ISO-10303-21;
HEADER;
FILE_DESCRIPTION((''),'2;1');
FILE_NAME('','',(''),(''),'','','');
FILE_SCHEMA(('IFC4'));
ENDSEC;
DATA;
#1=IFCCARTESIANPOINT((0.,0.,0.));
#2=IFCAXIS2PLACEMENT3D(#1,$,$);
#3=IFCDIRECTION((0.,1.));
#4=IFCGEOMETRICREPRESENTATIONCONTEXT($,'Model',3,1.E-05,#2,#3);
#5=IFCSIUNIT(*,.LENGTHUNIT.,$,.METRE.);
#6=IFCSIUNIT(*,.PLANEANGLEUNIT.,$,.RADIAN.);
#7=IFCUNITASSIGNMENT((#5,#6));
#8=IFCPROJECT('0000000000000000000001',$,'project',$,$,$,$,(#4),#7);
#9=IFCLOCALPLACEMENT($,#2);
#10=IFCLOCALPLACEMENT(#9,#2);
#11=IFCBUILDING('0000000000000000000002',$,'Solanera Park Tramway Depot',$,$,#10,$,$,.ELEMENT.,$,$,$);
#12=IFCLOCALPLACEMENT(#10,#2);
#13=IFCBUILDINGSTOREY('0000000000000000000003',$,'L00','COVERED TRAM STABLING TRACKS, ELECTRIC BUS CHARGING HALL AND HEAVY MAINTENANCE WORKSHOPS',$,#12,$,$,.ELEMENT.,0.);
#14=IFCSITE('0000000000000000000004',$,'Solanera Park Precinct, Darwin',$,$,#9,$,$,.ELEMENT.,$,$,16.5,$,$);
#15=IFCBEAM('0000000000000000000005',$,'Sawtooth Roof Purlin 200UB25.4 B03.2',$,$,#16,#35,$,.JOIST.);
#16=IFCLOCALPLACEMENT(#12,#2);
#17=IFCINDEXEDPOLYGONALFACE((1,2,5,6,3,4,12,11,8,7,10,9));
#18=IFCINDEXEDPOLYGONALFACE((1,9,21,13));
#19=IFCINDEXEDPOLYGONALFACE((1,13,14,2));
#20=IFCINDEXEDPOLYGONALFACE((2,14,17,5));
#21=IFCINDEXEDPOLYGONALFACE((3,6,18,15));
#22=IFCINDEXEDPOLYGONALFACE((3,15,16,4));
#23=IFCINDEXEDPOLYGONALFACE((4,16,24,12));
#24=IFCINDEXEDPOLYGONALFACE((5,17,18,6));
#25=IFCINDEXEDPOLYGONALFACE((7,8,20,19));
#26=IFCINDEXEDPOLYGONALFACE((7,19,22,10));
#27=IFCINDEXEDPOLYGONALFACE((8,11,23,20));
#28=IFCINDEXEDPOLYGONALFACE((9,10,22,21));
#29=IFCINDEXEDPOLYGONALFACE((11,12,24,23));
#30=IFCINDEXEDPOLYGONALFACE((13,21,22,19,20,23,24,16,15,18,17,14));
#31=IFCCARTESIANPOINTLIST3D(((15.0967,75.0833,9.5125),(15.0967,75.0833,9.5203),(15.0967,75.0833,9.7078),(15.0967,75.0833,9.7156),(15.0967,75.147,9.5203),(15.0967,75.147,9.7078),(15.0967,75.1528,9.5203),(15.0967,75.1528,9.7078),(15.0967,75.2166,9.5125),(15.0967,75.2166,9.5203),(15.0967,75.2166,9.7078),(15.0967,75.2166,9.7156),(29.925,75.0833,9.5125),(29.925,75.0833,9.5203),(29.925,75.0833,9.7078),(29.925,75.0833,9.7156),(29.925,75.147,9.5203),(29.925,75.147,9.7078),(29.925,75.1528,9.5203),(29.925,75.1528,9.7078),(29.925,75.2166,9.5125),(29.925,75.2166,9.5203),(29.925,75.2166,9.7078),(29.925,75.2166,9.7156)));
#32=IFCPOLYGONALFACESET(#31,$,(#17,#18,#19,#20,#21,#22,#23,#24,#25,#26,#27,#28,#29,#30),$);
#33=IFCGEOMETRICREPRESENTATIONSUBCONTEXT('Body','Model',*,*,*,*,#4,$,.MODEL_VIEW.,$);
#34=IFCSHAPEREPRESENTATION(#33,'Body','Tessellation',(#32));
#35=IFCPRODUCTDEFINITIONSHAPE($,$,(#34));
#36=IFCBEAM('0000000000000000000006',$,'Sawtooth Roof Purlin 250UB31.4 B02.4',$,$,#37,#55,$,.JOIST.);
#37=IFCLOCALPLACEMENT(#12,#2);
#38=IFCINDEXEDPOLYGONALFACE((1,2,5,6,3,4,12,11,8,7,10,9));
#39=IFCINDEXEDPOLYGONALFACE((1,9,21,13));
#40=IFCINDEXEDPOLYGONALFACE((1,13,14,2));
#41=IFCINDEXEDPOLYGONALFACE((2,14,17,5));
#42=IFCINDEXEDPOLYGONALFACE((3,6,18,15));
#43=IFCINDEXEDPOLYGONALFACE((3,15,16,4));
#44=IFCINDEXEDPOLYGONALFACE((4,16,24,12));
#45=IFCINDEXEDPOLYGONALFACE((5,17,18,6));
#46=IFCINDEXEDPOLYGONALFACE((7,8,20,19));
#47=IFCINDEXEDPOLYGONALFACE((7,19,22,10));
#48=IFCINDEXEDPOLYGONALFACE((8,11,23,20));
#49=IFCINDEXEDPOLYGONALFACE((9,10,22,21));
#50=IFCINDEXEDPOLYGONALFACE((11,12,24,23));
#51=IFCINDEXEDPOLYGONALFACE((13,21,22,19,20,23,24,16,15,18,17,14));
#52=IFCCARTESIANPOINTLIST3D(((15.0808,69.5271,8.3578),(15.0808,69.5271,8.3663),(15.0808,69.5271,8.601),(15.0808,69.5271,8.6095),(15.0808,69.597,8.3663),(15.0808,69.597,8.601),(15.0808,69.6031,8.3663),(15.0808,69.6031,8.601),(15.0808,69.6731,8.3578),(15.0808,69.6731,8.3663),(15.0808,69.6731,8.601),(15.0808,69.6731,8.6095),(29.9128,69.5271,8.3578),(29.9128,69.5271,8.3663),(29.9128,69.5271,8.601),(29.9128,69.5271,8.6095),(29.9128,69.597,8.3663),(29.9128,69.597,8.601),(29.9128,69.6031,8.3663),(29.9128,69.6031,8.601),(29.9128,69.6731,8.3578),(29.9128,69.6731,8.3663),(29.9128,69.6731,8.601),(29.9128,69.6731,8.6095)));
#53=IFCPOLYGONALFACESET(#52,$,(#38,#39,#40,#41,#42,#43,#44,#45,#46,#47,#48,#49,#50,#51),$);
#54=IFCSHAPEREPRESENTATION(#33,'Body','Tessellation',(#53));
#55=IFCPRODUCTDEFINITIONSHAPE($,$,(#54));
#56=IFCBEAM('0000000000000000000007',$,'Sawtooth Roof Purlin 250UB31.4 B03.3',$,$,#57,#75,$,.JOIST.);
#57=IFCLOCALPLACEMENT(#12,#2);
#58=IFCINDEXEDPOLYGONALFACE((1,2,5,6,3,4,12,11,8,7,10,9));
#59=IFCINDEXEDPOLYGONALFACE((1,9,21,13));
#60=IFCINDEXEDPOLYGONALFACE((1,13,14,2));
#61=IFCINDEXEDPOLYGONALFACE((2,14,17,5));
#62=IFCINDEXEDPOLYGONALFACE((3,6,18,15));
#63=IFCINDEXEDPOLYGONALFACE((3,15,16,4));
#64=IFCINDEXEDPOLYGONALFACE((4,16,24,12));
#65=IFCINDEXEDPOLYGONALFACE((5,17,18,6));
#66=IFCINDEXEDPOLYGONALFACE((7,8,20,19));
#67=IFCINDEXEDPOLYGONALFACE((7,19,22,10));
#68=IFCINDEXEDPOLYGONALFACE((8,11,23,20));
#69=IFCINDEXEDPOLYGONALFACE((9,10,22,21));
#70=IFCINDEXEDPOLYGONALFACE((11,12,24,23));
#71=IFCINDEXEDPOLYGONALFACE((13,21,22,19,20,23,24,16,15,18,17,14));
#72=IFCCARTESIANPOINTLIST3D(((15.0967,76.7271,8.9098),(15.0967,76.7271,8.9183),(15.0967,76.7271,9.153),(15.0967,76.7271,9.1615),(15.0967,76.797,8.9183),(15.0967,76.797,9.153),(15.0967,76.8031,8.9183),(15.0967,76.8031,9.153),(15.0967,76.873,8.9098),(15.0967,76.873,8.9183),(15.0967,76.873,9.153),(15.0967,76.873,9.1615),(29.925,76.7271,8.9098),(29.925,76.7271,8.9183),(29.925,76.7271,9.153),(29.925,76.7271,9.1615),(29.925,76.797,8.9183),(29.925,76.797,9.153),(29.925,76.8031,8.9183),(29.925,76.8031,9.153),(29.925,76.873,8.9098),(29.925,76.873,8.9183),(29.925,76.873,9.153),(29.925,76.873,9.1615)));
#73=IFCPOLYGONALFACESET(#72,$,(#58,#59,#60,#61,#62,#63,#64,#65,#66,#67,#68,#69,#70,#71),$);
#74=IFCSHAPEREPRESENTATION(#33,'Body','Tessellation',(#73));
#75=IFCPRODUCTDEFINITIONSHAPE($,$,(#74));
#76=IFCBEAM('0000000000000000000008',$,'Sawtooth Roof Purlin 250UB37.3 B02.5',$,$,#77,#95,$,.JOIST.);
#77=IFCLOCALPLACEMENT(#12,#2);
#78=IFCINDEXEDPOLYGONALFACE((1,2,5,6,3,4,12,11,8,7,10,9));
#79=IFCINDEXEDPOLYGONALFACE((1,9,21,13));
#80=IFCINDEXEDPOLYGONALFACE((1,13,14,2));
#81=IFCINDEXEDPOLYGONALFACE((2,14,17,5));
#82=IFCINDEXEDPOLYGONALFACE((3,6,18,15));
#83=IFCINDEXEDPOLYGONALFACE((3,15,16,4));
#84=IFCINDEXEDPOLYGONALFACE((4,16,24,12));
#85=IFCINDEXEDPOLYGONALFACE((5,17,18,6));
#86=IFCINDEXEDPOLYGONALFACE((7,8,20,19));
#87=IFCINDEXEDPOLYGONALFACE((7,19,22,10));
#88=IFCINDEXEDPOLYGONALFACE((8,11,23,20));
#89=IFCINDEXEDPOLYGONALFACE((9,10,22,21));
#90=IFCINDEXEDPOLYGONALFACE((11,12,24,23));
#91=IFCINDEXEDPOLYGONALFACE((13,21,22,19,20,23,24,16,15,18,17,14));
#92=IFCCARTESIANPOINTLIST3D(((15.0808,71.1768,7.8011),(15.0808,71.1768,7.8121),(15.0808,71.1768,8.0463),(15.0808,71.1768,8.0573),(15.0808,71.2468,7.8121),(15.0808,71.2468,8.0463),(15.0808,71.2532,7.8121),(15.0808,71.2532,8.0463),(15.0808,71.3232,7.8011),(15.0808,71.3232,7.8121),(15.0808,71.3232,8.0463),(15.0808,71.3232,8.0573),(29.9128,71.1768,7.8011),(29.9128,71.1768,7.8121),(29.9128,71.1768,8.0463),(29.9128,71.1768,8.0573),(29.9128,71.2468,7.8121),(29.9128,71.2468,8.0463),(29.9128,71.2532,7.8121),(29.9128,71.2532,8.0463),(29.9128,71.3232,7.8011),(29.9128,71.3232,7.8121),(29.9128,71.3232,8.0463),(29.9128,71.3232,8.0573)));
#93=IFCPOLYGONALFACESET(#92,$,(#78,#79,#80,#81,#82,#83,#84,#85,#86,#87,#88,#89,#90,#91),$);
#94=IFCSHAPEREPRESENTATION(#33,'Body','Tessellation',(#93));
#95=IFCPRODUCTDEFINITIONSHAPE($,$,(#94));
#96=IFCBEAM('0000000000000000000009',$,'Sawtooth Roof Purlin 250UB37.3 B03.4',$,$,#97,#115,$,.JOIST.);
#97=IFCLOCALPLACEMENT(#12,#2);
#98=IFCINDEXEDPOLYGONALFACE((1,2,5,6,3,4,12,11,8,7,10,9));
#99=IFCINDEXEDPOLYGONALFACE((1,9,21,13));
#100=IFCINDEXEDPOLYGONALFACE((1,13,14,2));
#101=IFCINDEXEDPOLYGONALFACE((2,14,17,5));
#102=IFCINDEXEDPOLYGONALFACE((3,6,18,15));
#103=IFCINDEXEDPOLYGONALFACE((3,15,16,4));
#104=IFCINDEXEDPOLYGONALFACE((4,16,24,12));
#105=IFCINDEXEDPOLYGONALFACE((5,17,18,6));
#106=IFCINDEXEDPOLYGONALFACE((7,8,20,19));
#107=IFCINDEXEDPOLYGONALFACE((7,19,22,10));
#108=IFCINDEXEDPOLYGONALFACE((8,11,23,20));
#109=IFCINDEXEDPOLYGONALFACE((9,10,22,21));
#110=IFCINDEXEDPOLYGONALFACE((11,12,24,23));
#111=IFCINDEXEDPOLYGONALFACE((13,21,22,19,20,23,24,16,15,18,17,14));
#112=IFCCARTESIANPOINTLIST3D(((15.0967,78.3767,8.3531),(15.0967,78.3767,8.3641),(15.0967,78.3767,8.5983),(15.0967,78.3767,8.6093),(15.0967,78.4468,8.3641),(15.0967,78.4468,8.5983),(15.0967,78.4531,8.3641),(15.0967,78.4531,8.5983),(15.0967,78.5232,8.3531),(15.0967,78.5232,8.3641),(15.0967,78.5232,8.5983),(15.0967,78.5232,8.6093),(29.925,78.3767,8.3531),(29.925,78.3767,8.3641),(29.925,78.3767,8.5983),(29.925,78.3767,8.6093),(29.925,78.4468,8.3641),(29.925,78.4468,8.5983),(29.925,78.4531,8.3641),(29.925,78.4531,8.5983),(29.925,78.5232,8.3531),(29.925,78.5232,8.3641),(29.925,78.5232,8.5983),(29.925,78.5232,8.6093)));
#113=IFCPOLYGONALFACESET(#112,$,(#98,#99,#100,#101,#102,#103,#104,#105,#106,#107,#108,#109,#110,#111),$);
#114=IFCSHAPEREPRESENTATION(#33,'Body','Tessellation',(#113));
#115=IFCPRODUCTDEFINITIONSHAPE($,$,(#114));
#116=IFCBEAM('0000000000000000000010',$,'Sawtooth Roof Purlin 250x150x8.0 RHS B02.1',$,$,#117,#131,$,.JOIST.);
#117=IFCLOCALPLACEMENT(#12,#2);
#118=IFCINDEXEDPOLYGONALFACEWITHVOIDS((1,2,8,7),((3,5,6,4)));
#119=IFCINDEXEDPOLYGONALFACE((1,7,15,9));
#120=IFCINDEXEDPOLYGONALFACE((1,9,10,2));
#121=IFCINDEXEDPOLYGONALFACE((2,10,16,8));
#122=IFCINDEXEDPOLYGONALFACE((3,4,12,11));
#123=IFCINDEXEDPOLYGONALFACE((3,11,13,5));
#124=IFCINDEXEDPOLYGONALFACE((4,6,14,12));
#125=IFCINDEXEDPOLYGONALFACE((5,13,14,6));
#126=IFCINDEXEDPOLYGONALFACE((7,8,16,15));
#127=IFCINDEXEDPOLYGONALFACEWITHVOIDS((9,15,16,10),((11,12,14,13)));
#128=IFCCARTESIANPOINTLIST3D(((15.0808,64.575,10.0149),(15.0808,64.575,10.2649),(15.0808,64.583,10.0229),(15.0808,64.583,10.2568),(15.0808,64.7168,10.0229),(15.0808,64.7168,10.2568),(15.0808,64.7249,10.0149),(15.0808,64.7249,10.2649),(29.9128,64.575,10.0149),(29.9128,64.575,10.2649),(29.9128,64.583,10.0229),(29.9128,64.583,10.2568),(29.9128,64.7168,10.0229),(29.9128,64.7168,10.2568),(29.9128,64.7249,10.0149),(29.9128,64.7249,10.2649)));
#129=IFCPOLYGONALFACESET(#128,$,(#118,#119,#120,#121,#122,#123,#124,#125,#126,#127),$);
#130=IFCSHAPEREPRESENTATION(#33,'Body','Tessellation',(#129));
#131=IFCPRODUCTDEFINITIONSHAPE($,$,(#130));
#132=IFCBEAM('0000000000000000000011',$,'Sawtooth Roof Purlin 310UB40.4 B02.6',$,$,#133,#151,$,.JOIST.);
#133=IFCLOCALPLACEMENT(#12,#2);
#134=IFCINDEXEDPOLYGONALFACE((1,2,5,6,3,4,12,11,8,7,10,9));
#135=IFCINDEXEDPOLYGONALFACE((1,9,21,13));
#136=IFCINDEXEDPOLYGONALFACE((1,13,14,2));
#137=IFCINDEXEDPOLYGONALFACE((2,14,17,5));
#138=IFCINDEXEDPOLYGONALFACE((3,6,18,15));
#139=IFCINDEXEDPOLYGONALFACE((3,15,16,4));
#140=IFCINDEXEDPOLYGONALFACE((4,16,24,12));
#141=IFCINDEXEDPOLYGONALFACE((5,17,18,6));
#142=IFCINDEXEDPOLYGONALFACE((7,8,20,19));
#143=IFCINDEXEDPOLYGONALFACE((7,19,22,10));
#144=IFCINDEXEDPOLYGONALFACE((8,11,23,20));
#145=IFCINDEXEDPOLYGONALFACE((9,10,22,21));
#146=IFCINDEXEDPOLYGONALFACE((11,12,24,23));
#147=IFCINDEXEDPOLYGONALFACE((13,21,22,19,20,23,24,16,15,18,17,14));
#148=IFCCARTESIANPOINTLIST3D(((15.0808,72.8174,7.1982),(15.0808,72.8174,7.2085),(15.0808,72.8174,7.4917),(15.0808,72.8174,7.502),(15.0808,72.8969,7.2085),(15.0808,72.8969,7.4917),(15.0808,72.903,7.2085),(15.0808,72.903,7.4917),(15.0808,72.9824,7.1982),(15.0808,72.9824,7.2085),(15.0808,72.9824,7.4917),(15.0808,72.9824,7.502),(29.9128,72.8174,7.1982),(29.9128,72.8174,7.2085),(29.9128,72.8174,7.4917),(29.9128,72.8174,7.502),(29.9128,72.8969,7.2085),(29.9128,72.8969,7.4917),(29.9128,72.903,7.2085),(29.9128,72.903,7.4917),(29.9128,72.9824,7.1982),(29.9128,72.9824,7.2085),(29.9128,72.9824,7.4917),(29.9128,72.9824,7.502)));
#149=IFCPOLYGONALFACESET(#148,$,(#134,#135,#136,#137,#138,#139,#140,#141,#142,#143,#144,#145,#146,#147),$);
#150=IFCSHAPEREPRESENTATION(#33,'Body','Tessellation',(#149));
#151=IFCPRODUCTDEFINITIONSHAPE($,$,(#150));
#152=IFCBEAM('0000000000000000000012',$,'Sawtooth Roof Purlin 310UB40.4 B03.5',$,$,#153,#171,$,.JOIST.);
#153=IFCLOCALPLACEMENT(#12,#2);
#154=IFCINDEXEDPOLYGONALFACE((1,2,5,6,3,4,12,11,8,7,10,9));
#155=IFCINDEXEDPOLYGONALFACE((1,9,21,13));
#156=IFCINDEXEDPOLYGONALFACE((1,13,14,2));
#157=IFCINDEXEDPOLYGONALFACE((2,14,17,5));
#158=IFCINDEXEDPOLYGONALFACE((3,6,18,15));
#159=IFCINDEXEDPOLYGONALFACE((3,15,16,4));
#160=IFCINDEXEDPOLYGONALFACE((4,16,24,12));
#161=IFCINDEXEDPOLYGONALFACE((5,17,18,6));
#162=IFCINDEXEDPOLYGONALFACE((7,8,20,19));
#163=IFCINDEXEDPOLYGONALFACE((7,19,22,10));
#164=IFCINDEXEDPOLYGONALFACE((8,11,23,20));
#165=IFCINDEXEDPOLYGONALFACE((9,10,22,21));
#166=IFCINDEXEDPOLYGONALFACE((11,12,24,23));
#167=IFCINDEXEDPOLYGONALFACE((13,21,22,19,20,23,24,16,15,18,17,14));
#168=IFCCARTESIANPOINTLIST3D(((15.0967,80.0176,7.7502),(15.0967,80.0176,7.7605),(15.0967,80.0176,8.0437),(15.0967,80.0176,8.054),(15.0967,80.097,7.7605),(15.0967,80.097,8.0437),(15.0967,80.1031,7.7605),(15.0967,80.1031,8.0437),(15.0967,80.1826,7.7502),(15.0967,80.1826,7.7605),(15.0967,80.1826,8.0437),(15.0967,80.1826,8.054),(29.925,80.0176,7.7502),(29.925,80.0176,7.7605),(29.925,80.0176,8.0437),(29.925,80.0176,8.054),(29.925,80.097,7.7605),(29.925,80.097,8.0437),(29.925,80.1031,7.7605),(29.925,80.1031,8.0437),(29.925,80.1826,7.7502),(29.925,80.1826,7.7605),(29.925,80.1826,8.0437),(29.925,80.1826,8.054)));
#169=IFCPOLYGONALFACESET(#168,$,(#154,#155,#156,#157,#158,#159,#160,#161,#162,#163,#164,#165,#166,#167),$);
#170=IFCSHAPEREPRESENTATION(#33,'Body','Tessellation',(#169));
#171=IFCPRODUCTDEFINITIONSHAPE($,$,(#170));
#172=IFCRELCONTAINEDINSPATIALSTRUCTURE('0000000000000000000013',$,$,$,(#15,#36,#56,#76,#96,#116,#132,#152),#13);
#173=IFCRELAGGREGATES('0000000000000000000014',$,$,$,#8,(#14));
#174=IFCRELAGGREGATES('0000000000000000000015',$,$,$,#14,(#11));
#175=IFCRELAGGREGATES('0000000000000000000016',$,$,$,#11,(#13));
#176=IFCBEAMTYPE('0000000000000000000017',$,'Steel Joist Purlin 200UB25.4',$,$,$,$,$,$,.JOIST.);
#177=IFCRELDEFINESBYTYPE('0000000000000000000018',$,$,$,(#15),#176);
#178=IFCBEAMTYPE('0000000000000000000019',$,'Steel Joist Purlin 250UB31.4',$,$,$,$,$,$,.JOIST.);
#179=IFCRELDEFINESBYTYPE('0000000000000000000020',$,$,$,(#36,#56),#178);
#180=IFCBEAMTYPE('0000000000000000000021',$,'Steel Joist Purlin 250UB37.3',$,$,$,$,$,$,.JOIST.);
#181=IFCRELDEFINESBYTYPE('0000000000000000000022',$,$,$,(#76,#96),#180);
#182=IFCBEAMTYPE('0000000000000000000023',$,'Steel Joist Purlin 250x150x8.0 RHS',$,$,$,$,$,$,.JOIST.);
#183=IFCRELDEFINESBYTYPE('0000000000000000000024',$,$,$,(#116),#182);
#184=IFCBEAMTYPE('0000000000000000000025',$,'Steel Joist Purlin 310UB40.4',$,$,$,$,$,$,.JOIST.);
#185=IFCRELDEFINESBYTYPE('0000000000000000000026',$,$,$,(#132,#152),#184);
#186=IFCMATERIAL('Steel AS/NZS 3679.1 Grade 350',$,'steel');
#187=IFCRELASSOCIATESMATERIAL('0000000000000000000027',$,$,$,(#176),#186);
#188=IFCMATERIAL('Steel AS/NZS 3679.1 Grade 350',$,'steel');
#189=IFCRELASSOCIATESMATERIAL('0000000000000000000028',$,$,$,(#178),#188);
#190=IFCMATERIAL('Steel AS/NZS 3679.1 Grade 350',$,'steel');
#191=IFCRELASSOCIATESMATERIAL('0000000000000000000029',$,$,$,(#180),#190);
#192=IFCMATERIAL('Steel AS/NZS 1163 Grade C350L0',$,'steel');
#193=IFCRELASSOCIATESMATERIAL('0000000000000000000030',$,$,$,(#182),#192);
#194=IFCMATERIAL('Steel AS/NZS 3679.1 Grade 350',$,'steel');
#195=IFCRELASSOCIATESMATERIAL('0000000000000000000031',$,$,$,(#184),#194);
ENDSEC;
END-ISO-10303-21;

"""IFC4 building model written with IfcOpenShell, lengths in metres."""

from ifc_helpers import new_model, si_unit, direction, frame, origin, origin_2d, place, context, subcontext, project, spatial, hollow_rectangle, i_section, extrude, material, material_profile, profile_set, type_object, element, save


model = new_model("IFC4")

# Units and contexts
model_context = context("Model", 3, precision=1e-05, world=origin(), true_north=direction((0.0, 1.0)))
body_context = subcontext(model_context, "Body", "Model", "MODEL_VIEW")
ifc_project = project(units=[si_unit("LENGTHUNIT", "METRE"), si_unit("PLANEANGLEUNIT", "RADIAN")], contexts=[model_context])

# Site, building, storey
site_placement = place(None, origin())
site = spatial("IfcSite", under=ifc_project, at=site_placement, Name="Solanera Park Precinct, Darwin", CompositionType="ELEMENT", RefElevation=16.5)
building_placement = place(site_placement, origin())
building = spatial("IfcBuilding", under=site, at=building_placement, Name="Solanera Park Tramway Depot", CompositionType="ELEMENT")
storey_placement = place(building_placement, origin())
storey = spatial("IfcBuildingStorey", under=building, at=storey_placement, Name="L00", Description="COVERED TRAM STABLING TRACKS, ELECTRIC BUS CHARGING HALL AND HEAVY MAINTENANCE WORKSHOPS", CompositionType="ELEMENT", Elevation=0.0)

# Beams
ifc_material_1 = material(Name="Steel AS/NZS 3679.1 Grade 350", Category="steel")
ifc_material_profile_1 = material_profile(ifc_material_1, i_section(OverallWidth=0.1333, OverallDepth=0.2031, WebThickness=0.0059, FlangeThickness=0.0078, at=origin_2d()), Name="200UB25.4")
ifc_profile_set_1 = profile_set([ifc_material_profile_1], Name="Steel AS/NZS 3679.1 Grade 350")
beam_type_1 = type_object("IfcBeamType", Name="Steel Joist Purlin 200UB25.4", PredefinedType="JOIST", material=ifc_profile_set_1)
beam_1_placement = place(storey_placement, frame((15.0967, 75.1499, 9.614), z_axis=(1.0, 0.0, 0.0), x_axis=(0.0, 1.0, 0.0)))
element("IfcBeam", 1, at=beam_1_placement, inside=storey, type_object=beam_type_1, Name="Sawtooth Roof Purlin 200UB25.4 B03.2", PredefinedType="JOIST", context=body_context, shape_type="SweptSolid", body=[
    extrude(i_section(OverallWidth=0.1333, OverallDepth=0.2031, WebThickness=0.0059, FlangeThickness=0.0078, at=origin_2d()), origin(), (0.0, 0.0, 1.0), 14.8284),
])
ifc_material_2 = material(Name="Steel AS/NZS 3679.1 Grade 350", Category="steel")
ifc_material_profile_2 = material_profile(ifc_material_2, i_section(OverallWidth=0.146, OverallDepth=0.2517, WebThickness=0.0061, FlangeThickness=0.0085, at=origin_2d()), Name="250UB31.4")
ifc_profile_set_2 = profile_set([ifc_material_profile_2], Name="Steel AS/NZS 3679.1 Grade 350")
beam_type_2 = type_object("IfcBeamType", Name="Steel Joist Purlin 250UB31.4", PredefinedType="JOIST", material=ifc_profile_set_2)
beam_2_placement = place(storey_placement, frame((15.0808, 69.6001, 8.4836), z_axis=(1.0, 0.0, 0.0), x_axis=(0.0, 1.0, 0.0)))
element("IfcBeam", 2, at=beam_2_placement, inside=storey, type_object=beam_type_2, Name="Sawtooth Roof Purlin 250UB31.4 B02.4", PredefinedType="JOIST", context=body_context, shape_type="SweptSolid", body=[
    extrude(i_section(OverallWidth=0.146, OverallDepth=0.2517, WebThickness=0.0061, FlangeThickness=0.0085, at=origin_2d()), origin(), (0.0, 0.0, 1.0), 14.832),
])
beam_3_placement = place(storey_placement, frame((15.0967, 76.8, 9.0356), z_axis=(1.0, 0.0, 0.0), x_axis=(0.0, 1.0, 0.0)))
element("IfcBeam", 3, at=beam_3_placement, inside=storey, type_object=beam_type_2, Name="Sawtooth Roof Purlin 250UB31.4 B03.3", PredefinedType="JOIST", context=body_context, shape_type="SweptSolid", body=[
    extrude(i_section(OverallWidth=0.146, OverallDepth=0.2517, WebThickness=0.0061, FlangeThickness=0.0085, at=origin_2d()), origin(), (0.0, 0.0, 1.0), 14.8284),
])
ifc_material_3 = material(Name="Steel AS/NZS 3679.1 Grade 350", Category="steel")
ifc_material_profile_3 = material_profile(ifc_material_3, i_section(OverallWidth=0.1465, OverallDepth=0.2561, WebThickness=0.0063, FlangeThickness=0.011, at=origin_2d()), Name="250UB37.3")
ifc_profile_set_3 = profile_set([ifc_material_profile_3], Name="Steel AS/NZS 3679.1 Grade 350")
beam_type_3 = type_object("IfcBeamType", Name="Steel Joist Purlin 250UB37.3", PredefinedType="JOIST", material=ifc_profile_set_3)
beam_4_placement = place(storey_placement, frame((15.0808, 71.25, 7.9292), z_axis=(1.0, 0.0, 0.0), x_axis=(0.0, 1.0, 0.0)))
element("IfcBeam", 4, at=beam_4_placement, inside=storey, type_object=beam_type_3, Name="Sawtooth Roof Purlin 250UB37.3 B02.5", PredefinedType="JOIST", context=body_context, shape_type="SweptSolid", body=[
    extrude(i_section(OverallWidth=0.1465, OverallDepth=0.2561, WebThickness=0.0063, FlangeThickness=0.011, at=origin_2d()), origin(), (0.0, 0.0, 1.0), 14.832),
])
beam_5_placement = place(storey_placement, frame((15.0967, 78.45, 8.4812), z_axis=(1.0, 0.0, 0.0), x_axis=(0.0, 1.0, 0.0)))
element("IfcBeam", 5, at=beam_5_placement, inside=storey, type_object=beam_type_3, Name="Sawtooth Roof Purlin 250UB37.3 B03.4", PredefinedType="JOIST", context=body_context, shape_type="SweptSolid", body=[
    extrude(i_section(OverallWidth=0.1465, OverallDepth=0.2561, WebThickness=0.0063, FlangeThickness=0.011, at=origin_2d()), origin(), (0.0, 0.0, 1.0), 14.8284),
])
ifc_material_4 = material(Name="Steel AS/NZS 1163 Grade C350L0", Category="steel")
ifc_material_profile_4 = material_profile(ifc_material_4, hollow_rectangle(XDim=0.1499, YDim=0.25, WallThickness=0.0081, at=origin_2d()), Name="250x150x8.0 RHS")
ifc_profile_set_4 = profile_set([ifc_material_profile_4], Name="Steel AS/NZS 1163 Grade C350L0")
beam_type_4 = type_object("IfcBeamType", Name="Steel Joist Purlin 250x150x8.0 RHS", PredefinedType="JOIST", material=ifc_profile_set_4)
beam_6_placement = place(storey_placement, frame((15.0808, 64.6499, 10.1399), z_axis=(1.0, 0.0, 0.0), x_axis=(0.0, 1.0, 0.0)))
element("IfcBeam", 6, at=beam_6_placement, inside=storey, type_object=beam_type_4, Name="Sawtooth Roof Purlin 250x150x8.0 RHS B02.1", PredefinedType="JOIST", context=body_context, shape_type="SweptSolid", body=[
    extrude(hollow_rectangle(XDim=0.1499, YDim=0.25, WallThickness=0.0081, at=origin_2d()), origin(), (0.0, 0.0, 1.0), 14.832),
])
ifc_material_5 = material(Name="Steel AS/NZS 3679.1 Grade 350", Category="steel")
ifc_material_profile_5 = material_profile(ifc_material_5, i_section(OverallWidth=0.165, OverallDepth=0.3037, WebThickness=0.0061, FlangeThickness=0.0103, at=origin_2d()), Name="310UB40.4")
ifc_profile_set_5 = profile_set([ifc_material_profile_5], Name="Steel AS/NZS 3679.1 Grade 350")
beam_type_5 = type_object("IfcBeamType", Name="Steel Joist Purlin 310UB40.4", PredefinedType="JOIST", material=ifc_profile_set_5)
beam_7_placement = place(storey_placement, frame((15.0808, 72.8999, 7.3501), z_axis=(1.0, 0.0, 0.0), x_axis=(0.0, 1.0, 0.0)))
element("IfcBeam", 7, at=beam_7_placement, inside=storey, type_object=beam_type_5, Name="Sawtooth Roof Purlin 310UB40.4 B02.6", PredefinedType="JOIST", context=body_context, shape_type="SweptSolid", body=[
    extrude(i_section(OverallWidth=0.165, OverallDepth=0.3037, WebThickness=0.0061, FlangeThickness=0.0103, at=origin_2d()), origin(), (0.0, 0.0, 1.0), 14.832),
])
beam_8_placement = place(storey_placement, frame((15.0967, 80.1001, 7.9021), z_axis=(1.0, 0.0, 0.0), x_axis=(0.0, 1.0, 0.0)))
element("IfcBeam", 8, at=beam_8_placement, inside=storey, type_object=beam_type_5, Name="Sawtooth Roof Purlin 310UB40.4 B03.5", PredefinedType="JOIST", context=body_context, shape_type="SweptSolid", body=[
    extrude(i_section(OverallWidth=0.165, OverallDepth=0.3037, WebThickness=0.0061, FlangeThickness=0.0103, at=origin_2d()), origin(), (0.0, 0.0, 1.0), 14.8284),
])

save(model, "model.ifc")
